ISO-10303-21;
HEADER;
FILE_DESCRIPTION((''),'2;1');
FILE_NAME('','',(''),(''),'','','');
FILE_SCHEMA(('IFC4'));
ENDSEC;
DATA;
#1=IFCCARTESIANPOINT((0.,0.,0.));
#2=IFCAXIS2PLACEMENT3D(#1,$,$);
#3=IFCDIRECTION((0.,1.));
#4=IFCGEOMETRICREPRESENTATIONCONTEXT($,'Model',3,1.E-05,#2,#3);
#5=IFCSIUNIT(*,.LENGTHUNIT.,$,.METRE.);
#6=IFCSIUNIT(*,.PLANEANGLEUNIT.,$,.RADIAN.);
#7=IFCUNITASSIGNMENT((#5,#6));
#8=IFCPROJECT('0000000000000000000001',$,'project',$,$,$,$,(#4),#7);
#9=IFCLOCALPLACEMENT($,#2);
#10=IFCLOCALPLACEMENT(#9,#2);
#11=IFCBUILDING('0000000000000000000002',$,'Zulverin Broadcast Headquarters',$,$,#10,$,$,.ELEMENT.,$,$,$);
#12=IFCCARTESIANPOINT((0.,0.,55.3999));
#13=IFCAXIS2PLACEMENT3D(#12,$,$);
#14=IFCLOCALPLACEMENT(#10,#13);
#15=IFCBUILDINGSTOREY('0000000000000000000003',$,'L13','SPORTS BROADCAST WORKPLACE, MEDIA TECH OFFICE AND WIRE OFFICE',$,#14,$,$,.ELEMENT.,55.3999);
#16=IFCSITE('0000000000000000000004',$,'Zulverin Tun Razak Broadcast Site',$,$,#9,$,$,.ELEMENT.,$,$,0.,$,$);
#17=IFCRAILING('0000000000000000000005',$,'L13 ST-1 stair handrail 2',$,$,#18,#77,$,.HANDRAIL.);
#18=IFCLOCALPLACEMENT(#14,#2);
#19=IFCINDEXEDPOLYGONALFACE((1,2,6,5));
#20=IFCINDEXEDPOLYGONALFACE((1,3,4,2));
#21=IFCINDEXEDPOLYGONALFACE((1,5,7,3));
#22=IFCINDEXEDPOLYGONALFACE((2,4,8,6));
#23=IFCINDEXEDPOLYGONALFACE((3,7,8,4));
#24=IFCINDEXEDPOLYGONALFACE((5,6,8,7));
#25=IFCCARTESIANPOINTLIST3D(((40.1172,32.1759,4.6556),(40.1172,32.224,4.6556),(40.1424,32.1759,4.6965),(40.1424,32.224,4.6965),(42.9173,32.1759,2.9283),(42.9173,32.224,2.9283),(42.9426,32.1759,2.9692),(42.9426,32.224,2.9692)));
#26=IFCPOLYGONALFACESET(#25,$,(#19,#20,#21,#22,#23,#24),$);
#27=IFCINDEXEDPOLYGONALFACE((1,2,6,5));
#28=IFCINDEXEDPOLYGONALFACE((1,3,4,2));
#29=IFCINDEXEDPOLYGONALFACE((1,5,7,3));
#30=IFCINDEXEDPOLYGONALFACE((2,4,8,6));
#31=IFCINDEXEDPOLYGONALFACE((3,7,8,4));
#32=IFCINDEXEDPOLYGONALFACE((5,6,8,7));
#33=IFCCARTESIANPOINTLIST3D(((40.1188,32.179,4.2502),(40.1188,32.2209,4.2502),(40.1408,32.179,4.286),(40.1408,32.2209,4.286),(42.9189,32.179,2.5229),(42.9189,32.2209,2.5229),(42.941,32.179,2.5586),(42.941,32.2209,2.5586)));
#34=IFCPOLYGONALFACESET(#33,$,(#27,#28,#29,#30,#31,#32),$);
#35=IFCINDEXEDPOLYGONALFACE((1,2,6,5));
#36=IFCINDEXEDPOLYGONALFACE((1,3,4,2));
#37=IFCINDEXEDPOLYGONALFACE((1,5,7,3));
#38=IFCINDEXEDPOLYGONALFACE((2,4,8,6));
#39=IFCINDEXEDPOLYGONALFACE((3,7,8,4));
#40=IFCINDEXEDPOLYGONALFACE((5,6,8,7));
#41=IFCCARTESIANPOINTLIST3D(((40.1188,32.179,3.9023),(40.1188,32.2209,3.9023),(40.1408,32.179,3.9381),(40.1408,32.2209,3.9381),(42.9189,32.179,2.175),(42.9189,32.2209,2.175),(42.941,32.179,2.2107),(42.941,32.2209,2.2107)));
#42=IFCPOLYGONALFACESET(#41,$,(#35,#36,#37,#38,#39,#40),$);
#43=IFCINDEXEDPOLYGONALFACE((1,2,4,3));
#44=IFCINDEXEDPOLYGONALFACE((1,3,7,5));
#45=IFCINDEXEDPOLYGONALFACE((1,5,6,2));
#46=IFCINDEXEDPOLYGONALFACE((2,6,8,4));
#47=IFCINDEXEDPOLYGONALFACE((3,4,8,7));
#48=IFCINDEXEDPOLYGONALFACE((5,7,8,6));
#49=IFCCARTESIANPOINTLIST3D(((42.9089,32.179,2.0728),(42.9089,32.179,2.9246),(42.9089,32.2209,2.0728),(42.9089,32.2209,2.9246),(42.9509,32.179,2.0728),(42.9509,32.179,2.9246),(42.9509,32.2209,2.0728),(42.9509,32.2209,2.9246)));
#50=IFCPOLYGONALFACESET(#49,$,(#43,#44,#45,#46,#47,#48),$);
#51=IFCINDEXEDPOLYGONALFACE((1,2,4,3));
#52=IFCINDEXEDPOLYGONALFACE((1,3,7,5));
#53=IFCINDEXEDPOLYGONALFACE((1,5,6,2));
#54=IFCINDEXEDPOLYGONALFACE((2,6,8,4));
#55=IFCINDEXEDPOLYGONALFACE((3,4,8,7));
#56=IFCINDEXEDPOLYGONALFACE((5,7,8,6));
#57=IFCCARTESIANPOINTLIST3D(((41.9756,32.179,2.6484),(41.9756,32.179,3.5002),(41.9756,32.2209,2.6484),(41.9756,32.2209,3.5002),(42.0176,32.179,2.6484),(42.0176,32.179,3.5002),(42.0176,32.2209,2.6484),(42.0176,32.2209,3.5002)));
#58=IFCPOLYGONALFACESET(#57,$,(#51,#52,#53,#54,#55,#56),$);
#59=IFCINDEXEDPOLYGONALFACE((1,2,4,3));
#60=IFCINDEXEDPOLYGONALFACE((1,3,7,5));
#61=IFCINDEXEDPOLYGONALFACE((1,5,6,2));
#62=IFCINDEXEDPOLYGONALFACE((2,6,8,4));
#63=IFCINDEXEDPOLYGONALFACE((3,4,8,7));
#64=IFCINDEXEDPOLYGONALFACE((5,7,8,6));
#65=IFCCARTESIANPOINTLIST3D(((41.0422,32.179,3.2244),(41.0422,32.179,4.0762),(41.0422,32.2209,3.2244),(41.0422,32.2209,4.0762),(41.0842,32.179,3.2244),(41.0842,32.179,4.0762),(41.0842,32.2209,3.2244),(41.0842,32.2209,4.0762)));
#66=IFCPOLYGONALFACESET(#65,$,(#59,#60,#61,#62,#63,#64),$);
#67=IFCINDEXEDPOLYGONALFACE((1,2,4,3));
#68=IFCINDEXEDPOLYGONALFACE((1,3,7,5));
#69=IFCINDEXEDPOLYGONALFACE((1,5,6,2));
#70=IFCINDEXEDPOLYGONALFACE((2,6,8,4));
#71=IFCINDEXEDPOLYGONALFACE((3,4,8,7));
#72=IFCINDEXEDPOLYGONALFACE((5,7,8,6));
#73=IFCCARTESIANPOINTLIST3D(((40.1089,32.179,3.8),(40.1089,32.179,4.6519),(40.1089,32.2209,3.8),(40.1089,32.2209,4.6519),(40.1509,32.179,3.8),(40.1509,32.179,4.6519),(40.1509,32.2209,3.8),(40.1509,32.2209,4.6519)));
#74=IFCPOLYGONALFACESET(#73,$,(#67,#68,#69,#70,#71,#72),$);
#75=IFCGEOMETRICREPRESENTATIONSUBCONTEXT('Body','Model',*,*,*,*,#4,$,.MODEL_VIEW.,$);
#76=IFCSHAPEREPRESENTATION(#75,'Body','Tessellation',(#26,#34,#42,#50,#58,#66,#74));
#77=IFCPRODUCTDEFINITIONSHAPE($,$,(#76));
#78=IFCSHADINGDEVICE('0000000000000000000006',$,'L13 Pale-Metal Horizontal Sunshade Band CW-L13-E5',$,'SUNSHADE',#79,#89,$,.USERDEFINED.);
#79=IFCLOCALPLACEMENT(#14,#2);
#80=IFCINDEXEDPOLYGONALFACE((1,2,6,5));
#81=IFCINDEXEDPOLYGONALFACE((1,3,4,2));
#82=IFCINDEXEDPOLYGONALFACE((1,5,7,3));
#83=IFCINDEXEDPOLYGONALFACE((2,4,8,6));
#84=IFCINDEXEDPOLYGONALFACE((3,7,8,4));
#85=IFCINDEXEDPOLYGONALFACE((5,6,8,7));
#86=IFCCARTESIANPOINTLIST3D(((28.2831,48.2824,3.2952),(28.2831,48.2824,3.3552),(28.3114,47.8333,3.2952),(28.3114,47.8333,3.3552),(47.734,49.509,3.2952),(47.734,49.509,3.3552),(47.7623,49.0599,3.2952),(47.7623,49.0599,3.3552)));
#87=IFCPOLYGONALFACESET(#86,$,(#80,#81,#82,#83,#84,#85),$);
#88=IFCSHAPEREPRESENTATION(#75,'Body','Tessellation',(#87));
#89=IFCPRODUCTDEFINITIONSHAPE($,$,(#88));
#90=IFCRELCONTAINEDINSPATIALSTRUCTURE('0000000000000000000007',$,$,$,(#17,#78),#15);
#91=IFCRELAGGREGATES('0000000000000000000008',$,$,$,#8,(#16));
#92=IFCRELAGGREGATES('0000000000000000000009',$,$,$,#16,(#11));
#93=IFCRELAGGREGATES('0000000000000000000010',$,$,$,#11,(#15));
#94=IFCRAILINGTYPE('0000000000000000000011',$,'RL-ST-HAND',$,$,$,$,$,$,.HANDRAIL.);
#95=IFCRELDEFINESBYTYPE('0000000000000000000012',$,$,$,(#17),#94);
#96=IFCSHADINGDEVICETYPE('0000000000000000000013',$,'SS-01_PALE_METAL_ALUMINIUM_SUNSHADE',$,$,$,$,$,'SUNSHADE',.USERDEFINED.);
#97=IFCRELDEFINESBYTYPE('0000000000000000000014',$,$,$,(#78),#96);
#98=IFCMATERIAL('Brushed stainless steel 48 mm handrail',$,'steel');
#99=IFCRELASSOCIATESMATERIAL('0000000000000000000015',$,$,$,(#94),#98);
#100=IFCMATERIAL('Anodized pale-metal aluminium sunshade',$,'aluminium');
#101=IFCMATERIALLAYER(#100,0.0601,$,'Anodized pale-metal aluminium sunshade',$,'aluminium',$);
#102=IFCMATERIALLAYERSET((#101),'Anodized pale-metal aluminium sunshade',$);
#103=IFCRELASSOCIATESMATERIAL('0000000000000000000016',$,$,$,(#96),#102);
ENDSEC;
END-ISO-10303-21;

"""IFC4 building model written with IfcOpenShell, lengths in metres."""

from ifc_helpers import new_model, si_unit, direction, frame, origin, origin_2d, place, context, subcontext, project, spatial, rectangle, extrude, material, layer, layer_set, type_object, element, save


model = new_model("IFC4")

# Units and contexts
model_context = context("Model", 3, precision=1e-05, world=origin(), true_north=direction((0.0, 1.0)))
body_context = subcontext(model_context, "Body", "Model", "MODEL_VIEW")
ifc_project = project(units=[si_unit("LENGTHUNIT", "METRE"), si_unit("PLANEANGLEUNIT", "RADIAN")], contexts=[model_context])

# Site, building, storey
site_placement = place(None, origin())
site = spatial("IfcSite", under=ifc_project, at=site_placement, Name="Zulverin Tun Razak Broadcast Site", CompositionType="ELEMENT", RefElevation=0.0)
building_placement = place(site_placement, origin())
building = spatial("IfcBuilding", under=site, at=building_placement, Name="Zulverin Broadcast Headquarters", CompositionType="ELEMENT")
storey_placement = place(building_placement, frame((0.0, 0.0, 55.3999)))
storey = spatial("IfcBuildingStorey", under=building, at=storey_placement, Name="L13", Description="SPORTS BROADCAST WORKPLACE, MEDIA TECH OFFICE AND WIRE OFFICE", CompositionType="ELEMENT", Elevation=55.3999)

# Railing
ifc_material_1 = material(Name="Brushed stainless steel 48 mm handrail", Category="steel")
railing_type_1 = type_object("IfcRailingType", Name="RL-ST-HAND", PredefinedType="HANDRAIL", material=ifc_material_1)
railing_1_placement = place(storey_placement, frame((42.9299, 32.2, 2.0728)))
element("IfcRailing", 1, at=railing_1_placement, inside=storey, type_object=railing_type_1, Name="L13 ST-1 stair handrail 2", PredefinedType="HANDRAIL", context=body_context, shape_type="SweptSolid", body=[
    extrude(rectangle(XDim=0.0481, YDim=0.0481, at=origin_2d()), frame((0.0, 0.0, 0.876), z_axis=(-0.85109, 0.0, 0.52502), x_axis=(0.0, -1.0, 0.0)), (0.0, 0.0, 1.0), 3.29),
    extrude(rectangle(XDim=0.042, YDim=0.042, at=origin_2d()), frame((0.0, 0.0, 0.468), z_axis=(-0.85109, 0.0, 0.52502), x_axis=(0.0, -1.0, 0.0)), (0.0, 0.0, 1.0), 3.29),
    extrude(rectangle(XDim=0.042, YDim=0.042, at=origin_2d()), frame((0.0, 0.0, 0.1201), z_axis=(-0.85109, 0.0, 0.52502), x_axis=(0.0, -1.0, 0.0)), (0.0, 0.0, 1.0), 3.29),
    extrude(rectangle(XDim=0.042, YDim=0.042, at=origin_2d()), origin(), (0.0, 0.0, 1.0), 0.8518),
    extrude(rectangle(XDim=0.042, YDim=0.042, at=origin_2d()), frame((-0.9333, 0.0, 0.5757)), (0.0, 0.0, 1.0), 0.8518),
    extrude(rectangle(XDim=0.042, YDim=0.042, at=origin_2d()), frame((-1.8667, 0.0, 1.1516)), (0.0, 0.0, 1.0), 0.8518),
    extrude(rectangle(XDim=0.042, YDim=0.042, at=origin_2d()), frame((-2.8, 0.0, 1.7273)), (0.0, 0.0, 1.0), 0.8518),
])

# Shading device
ifc_material_2 = material(Name="Anodized pale-metal aluminium sunshade", Category="aluminium")
ifc_layer_1 = layer(ifc_material_2, 0.0601, Name="Anodized pale-metal aluminium sunshade", Category="aluminium")
ifc_layer_set_1 = layer_set([ifc_layer_1], Name="Anodized pale-metal aluminium sunshade")
shading_device_type = type_object("IfcShadingDeviceType", Name="SS-01_PALE_METAL_ALUMINIUM_SUNSHADE", ElementType="SUNSHADE", PredefinedType="USERDEFINED", material=ifc_layer_set_1)
shading_device_placement = place(storey_placement, frame((38.0227, 48.6711, 3.2952), z_axis=(0.0, 0.0, 1.0), x_axis=(-0.998018, -0.062935, 0.0)))
element("IfcShadingDevice", 2, at=shading_device_placement, inside=storey, type_object=shading_device_type, Name="L13 Pale-Metal Horizontal Sunshade Band CW-L13-E5", ObjectType="SUNSHADE", PredefinedType="USERDEFINED", context=body_context, shape_type="SweptSolid", body=[
    extrude(rectangle(XDim=19.4895, YDim=0.45, at=origin_2d()), origin(), (0.0, 0.0, 1.0), 0.0601),
])

save(model, "model.ifc")
